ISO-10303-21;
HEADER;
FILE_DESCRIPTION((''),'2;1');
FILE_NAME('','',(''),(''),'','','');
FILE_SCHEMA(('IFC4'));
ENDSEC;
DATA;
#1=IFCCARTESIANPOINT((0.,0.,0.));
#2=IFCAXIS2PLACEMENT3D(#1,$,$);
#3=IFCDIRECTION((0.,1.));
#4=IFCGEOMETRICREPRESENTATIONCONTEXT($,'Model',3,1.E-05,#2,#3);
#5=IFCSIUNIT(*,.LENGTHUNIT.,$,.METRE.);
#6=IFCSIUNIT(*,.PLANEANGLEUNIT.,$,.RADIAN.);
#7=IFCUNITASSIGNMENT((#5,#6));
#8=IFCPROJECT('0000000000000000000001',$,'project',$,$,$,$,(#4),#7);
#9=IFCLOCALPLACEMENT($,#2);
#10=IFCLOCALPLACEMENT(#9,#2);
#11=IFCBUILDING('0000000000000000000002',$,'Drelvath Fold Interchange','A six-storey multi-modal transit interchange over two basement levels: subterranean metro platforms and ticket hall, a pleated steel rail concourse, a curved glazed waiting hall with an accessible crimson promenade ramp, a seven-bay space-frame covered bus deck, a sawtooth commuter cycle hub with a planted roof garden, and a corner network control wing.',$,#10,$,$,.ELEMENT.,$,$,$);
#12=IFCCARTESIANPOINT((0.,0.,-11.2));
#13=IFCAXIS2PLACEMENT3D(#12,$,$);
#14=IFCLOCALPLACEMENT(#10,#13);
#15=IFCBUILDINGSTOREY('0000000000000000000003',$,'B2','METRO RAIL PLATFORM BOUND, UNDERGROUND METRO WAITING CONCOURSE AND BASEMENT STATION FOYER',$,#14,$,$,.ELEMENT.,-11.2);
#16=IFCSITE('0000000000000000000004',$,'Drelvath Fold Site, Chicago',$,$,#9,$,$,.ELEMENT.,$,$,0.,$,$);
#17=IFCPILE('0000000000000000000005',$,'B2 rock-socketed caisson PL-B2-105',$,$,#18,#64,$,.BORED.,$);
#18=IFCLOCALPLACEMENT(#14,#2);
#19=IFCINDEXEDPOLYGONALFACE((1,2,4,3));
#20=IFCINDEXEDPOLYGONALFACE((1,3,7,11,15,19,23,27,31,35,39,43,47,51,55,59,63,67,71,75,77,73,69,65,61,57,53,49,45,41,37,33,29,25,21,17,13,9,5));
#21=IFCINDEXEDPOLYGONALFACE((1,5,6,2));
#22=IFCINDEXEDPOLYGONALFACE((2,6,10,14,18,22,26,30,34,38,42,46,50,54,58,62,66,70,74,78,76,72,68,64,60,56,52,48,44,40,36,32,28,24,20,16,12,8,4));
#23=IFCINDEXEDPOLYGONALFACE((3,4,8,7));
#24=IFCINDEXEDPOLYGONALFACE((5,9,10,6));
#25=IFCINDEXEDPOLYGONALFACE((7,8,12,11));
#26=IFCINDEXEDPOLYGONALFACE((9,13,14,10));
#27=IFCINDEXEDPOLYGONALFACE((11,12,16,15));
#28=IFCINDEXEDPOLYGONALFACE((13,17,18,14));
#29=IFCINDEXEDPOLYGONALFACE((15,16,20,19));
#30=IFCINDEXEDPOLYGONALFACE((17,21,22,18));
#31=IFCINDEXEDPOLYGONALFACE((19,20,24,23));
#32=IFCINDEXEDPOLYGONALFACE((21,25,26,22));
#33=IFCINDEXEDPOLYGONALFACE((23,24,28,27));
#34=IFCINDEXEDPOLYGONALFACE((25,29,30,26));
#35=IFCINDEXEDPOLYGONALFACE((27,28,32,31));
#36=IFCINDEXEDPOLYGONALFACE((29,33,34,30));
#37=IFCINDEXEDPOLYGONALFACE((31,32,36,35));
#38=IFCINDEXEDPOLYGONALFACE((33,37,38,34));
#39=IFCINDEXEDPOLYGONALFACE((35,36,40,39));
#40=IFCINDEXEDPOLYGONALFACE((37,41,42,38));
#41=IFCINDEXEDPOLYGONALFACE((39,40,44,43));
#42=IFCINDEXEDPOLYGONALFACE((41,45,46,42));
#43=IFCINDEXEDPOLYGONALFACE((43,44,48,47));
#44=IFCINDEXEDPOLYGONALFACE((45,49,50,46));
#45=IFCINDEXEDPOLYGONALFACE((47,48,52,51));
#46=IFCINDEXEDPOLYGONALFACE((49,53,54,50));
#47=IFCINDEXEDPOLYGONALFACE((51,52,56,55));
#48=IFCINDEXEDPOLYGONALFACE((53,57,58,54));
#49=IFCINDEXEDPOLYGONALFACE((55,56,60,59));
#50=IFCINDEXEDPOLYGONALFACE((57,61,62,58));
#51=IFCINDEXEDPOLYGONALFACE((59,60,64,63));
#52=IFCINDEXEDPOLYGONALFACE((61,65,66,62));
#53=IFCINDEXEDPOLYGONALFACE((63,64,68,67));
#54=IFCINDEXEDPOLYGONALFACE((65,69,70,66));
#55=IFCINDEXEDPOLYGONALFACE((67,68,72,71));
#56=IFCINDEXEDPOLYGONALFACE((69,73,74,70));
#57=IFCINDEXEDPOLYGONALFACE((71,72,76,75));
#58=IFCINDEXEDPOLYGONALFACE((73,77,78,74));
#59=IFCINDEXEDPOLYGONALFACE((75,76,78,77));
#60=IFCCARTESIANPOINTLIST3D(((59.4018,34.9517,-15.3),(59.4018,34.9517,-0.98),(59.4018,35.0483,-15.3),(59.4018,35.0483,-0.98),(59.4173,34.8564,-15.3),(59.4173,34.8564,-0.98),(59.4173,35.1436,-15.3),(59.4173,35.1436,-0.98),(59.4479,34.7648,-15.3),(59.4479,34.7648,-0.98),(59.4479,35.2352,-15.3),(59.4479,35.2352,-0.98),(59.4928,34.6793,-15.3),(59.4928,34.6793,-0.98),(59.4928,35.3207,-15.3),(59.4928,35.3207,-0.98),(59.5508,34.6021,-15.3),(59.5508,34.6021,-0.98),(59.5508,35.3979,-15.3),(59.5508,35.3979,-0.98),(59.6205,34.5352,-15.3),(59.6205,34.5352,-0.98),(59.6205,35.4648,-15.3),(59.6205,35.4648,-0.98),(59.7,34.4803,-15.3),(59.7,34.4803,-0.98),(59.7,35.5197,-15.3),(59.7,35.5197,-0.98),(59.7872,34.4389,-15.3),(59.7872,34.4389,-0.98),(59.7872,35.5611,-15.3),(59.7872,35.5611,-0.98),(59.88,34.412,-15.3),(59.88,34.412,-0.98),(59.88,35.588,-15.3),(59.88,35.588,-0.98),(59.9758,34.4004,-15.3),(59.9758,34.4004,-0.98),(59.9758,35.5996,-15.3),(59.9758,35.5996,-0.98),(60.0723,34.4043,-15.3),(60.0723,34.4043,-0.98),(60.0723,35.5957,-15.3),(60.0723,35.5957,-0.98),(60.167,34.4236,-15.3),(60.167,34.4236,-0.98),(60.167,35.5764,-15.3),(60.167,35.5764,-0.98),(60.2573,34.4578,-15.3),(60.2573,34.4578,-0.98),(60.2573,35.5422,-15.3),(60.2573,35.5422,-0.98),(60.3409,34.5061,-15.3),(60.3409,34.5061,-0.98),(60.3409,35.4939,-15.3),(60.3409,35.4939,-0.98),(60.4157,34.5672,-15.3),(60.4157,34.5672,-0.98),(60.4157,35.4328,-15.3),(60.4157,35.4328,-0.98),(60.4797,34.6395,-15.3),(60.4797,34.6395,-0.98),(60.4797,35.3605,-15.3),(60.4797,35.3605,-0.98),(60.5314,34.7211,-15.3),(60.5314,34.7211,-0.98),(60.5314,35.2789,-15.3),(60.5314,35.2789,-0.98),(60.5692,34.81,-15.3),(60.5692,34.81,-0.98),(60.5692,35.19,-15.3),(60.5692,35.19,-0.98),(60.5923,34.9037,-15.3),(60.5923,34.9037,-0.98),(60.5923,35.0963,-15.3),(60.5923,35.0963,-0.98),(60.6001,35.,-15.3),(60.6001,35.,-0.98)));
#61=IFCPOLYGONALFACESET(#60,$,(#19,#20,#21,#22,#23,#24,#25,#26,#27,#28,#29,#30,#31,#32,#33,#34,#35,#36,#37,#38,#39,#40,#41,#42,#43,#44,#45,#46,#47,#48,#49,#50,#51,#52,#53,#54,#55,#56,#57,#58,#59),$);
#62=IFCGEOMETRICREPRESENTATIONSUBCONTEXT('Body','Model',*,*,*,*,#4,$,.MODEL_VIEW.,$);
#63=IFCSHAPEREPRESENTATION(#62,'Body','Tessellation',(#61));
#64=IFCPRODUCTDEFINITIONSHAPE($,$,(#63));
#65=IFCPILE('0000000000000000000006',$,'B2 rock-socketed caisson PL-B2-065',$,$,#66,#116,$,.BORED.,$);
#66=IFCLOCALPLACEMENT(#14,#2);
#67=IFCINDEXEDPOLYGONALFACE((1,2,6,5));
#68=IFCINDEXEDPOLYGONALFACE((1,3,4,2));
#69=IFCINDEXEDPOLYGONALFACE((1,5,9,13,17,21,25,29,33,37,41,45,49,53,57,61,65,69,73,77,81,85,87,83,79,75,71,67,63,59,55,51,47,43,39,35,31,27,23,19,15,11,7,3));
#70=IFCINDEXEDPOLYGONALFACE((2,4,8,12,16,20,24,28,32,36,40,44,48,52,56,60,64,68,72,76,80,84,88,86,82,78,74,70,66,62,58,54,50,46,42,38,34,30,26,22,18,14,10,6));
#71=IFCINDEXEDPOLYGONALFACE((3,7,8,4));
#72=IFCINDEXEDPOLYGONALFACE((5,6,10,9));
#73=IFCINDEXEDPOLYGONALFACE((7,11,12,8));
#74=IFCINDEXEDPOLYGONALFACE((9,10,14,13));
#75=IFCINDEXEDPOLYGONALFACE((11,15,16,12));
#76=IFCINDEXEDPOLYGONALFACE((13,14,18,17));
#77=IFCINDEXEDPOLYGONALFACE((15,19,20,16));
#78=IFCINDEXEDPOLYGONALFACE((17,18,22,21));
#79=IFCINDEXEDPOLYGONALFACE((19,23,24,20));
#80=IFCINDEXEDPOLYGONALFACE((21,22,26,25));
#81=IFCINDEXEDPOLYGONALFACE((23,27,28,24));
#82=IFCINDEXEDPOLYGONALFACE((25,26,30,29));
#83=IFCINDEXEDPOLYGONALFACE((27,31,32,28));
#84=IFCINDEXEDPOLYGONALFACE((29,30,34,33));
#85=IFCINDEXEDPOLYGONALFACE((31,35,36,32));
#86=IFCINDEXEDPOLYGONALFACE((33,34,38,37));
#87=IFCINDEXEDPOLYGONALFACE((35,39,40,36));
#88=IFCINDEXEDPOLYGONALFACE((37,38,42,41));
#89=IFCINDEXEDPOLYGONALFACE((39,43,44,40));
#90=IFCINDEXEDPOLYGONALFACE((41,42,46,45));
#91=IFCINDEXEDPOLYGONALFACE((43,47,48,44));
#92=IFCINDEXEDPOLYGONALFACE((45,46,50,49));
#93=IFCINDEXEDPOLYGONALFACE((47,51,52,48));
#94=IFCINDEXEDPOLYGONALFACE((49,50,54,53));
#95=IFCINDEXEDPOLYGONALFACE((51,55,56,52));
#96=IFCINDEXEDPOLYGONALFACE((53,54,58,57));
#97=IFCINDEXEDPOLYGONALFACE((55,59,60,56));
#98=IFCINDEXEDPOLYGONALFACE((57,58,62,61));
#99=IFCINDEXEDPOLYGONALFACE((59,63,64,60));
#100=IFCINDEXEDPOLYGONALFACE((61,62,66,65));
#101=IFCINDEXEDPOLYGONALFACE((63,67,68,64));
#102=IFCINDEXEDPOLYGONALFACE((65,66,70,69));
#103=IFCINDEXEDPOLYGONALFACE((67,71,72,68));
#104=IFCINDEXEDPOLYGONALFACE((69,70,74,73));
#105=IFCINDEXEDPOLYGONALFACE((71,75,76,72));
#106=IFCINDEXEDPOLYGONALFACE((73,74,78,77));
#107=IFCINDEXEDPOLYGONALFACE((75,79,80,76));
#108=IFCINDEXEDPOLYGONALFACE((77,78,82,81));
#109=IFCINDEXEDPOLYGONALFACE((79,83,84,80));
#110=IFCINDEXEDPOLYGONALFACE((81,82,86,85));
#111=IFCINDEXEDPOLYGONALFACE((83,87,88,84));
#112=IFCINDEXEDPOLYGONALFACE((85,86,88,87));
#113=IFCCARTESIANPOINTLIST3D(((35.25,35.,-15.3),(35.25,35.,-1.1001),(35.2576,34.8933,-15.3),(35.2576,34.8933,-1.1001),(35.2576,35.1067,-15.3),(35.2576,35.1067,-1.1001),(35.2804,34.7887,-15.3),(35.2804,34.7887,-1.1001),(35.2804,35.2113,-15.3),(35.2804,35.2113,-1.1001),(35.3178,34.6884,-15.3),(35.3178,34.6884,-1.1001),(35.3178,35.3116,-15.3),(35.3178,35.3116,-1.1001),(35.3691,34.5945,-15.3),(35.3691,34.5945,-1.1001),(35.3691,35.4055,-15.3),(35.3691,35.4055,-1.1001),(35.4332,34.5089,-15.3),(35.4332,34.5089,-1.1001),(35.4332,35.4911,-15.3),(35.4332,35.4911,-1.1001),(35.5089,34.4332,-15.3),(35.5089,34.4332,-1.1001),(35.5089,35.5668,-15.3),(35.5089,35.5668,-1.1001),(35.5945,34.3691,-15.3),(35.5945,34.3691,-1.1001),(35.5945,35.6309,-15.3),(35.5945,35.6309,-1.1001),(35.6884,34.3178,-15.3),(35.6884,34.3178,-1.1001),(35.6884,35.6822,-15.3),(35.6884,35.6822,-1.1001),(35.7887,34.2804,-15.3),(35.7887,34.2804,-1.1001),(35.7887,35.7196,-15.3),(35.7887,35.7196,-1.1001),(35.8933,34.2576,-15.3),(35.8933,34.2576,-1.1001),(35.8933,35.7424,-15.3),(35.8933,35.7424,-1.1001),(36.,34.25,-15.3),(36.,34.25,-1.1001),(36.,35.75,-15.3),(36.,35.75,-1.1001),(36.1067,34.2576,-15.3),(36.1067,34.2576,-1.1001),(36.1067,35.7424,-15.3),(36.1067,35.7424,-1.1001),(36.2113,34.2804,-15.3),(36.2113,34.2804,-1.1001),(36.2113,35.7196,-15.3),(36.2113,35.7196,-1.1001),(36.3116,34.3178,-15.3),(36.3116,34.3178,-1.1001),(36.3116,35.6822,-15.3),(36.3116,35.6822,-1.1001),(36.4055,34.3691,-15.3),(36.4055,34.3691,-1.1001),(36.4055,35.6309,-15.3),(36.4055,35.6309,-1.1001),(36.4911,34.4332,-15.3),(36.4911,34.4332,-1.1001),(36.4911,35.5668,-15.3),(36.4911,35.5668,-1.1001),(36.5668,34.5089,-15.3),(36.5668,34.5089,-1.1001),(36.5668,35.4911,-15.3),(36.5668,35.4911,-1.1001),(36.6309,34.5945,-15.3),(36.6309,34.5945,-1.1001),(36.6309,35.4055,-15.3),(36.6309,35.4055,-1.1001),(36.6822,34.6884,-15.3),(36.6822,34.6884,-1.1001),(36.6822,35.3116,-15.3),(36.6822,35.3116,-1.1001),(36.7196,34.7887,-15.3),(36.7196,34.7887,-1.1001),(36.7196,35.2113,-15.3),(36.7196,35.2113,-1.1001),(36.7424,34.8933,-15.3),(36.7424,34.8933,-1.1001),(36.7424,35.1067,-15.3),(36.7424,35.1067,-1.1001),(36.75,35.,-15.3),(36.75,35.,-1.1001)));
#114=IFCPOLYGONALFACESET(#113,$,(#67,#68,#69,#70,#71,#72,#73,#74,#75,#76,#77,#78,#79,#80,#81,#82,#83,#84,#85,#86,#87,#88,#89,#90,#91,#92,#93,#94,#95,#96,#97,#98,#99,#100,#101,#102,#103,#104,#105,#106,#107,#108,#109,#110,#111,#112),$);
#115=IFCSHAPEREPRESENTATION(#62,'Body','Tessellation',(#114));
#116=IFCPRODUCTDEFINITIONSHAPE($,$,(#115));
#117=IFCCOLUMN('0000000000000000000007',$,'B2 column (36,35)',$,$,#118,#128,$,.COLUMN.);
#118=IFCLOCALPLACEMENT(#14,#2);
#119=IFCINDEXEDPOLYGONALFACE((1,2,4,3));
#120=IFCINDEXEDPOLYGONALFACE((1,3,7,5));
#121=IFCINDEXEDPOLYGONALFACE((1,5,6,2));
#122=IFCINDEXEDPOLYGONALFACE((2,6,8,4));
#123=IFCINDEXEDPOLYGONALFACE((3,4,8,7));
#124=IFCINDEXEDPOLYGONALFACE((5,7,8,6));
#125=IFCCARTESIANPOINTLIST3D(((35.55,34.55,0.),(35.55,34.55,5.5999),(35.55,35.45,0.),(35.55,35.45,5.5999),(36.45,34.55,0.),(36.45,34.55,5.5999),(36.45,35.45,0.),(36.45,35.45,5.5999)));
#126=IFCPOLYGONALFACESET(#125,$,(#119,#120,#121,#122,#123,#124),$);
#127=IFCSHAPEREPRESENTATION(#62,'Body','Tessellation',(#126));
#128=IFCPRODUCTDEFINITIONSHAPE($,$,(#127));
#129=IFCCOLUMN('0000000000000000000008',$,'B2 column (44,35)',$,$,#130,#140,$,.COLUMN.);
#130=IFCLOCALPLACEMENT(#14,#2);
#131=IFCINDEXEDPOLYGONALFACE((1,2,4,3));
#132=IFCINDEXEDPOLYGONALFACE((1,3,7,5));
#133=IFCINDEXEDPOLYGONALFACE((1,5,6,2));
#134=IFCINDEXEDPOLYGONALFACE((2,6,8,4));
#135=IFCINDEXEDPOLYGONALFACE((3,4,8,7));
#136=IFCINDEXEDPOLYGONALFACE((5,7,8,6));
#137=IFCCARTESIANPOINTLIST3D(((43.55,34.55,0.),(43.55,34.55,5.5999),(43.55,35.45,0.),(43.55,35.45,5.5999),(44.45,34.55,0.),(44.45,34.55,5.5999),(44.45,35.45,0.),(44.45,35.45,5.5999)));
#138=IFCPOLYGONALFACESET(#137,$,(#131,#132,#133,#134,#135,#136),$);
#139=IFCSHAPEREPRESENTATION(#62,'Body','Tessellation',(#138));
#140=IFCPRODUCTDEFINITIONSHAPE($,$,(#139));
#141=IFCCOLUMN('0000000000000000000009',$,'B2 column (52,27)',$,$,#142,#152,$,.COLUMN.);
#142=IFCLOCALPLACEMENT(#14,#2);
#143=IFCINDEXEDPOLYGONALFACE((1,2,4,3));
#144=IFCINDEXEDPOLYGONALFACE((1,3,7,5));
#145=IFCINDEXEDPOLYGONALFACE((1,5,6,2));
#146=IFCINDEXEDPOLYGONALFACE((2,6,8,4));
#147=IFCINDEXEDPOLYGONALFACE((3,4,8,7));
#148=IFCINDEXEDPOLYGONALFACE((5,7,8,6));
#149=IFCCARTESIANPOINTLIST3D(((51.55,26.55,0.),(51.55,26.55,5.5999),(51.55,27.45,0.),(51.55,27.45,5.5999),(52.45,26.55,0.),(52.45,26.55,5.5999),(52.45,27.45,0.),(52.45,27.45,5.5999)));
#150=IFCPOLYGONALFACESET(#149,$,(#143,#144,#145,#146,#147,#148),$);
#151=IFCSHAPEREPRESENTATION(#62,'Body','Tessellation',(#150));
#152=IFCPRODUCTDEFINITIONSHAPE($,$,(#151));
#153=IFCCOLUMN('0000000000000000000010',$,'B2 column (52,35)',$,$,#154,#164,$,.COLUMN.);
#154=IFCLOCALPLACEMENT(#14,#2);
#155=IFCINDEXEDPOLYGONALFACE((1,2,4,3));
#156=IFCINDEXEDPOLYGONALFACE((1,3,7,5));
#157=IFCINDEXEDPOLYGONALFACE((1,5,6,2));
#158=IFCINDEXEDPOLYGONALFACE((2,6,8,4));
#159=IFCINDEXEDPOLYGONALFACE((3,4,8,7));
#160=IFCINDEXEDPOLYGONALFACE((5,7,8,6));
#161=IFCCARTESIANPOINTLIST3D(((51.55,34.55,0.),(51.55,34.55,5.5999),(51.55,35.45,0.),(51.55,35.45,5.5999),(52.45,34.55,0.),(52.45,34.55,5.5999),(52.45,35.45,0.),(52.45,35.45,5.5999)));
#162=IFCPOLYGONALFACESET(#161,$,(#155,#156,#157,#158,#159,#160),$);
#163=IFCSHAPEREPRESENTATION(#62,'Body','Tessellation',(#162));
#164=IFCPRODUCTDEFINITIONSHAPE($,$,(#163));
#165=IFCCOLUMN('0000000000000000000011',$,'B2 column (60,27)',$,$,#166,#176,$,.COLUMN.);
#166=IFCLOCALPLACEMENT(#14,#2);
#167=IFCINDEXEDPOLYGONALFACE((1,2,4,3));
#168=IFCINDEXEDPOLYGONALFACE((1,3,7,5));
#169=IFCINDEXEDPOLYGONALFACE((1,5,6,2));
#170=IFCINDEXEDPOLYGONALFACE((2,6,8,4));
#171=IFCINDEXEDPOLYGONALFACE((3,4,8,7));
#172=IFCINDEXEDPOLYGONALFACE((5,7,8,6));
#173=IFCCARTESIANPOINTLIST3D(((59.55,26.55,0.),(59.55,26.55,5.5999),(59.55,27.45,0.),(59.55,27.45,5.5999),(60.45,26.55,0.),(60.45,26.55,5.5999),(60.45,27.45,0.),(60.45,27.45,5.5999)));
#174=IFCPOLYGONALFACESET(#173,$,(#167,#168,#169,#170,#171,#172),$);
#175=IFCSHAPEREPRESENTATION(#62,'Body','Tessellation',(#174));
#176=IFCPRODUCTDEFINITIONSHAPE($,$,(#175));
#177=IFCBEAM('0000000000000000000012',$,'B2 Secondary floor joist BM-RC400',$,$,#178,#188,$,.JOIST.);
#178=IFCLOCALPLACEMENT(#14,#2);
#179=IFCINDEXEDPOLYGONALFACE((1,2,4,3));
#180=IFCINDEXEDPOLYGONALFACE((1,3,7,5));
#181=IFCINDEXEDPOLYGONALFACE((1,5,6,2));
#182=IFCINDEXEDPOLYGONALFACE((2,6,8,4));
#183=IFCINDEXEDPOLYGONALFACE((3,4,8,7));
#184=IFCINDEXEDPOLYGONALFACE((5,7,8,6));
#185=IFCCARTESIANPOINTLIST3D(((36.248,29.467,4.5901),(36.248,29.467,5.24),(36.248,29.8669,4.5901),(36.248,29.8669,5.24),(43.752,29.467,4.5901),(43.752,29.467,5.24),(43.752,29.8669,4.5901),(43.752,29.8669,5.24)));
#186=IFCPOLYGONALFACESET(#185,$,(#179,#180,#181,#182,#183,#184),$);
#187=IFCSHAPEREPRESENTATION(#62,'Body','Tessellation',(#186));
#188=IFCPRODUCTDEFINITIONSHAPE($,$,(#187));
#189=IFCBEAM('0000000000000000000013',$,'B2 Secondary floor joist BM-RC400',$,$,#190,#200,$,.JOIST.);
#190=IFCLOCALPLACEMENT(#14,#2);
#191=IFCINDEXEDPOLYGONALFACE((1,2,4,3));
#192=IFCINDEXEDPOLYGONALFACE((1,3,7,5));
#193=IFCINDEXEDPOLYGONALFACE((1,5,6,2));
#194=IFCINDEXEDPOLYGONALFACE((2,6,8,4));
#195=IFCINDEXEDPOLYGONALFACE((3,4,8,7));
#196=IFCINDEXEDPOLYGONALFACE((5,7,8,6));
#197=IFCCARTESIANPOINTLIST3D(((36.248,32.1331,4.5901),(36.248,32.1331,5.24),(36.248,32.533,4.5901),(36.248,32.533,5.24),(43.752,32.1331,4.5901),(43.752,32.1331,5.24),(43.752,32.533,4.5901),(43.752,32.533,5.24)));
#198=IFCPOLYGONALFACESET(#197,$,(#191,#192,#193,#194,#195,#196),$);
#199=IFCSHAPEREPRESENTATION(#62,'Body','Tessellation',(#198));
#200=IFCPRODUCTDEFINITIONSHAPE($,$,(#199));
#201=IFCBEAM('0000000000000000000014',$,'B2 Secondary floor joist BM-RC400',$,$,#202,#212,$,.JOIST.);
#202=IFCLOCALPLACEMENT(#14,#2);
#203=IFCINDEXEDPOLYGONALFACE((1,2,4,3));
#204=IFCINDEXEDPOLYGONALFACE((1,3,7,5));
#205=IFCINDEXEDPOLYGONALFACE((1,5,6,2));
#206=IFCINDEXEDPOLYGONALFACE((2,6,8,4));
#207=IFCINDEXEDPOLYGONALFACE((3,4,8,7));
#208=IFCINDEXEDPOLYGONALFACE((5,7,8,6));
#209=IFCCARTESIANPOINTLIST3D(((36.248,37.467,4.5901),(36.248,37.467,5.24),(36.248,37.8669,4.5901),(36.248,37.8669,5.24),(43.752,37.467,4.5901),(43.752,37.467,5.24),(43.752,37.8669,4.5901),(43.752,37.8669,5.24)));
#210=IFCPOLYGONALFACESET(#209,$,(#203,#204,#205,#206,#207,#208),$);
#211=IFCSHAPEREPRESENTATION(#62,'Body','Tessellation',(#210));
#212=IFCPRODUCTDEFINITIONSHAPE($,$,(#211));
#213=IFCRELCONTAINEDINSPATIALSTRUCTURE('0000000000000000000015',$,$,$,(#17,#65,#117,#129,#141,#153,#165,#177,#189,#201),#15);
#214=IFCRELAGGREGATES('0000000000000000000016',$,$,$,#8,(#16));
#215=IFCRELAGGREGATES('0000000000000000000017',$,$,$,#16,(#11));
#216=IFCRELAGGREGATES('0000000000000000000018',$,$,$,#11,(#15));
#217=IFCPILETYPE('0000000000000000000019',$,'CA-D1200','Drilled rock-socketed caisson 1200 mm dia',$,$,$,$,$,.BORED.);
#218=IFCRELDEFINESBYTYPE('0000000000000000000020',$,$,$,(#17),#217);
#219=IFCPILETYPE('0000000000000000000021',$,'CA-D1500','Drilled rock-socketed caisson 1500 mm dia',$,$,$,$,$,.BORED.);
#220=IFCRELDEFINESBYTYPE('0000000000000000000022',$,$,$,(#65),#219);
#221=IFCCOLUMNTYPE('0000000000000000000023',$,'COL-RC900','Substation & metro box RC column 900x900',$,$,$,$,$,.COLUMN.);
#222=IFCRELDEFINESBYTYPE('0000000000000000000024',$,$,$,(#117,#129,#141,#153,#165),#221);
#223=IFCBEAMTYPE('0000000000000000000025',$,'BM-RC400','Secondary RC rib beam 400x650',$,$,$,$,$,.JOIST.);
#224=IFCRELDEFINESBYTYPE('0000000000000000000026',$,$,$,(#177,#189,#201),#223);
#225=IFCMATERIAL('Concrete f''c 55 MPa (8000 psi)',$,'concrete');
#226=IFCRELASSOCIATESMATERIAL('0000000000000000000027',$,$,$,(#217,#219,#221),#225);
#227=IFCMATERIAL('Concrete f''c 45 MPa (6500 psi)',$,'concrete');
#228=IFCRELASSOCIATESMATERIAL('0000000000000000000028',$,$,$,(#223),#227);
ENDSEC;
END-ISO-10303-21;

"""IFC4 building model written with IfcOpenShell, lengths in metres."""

from ifc_helpers import new_model, si_unit, direction, frame, origin, origin_2d, place, context, subcontext, project, spatial, rectangle, circle, extrude, material, material_profile, profile_set, type_object, element, save


model = new_model("IFC4")

# Units and contexts
model_context = context("Model", 3, precision=1e-05, world=origin(), true_north=direction((0.0, 1.0)))
body_context = subcontext(model_context, "Body", "Model", "MODEL_VIEW")
ifc_project = project(units=[si_unit("LENGTHUNIT", "METRE"), si_unit("PLANEANGLEUNIT", "RADIAN")], contexts=[model_context])

# Site, building, storey
site_placement = place(None, origin())
site = spatial("IfcSite", under=ifc_project, at=site_placement, Name="Drelvath Fold Site, Chicago", CompositionType="ELEMENT", RefElevation=0.0)
building_placement = place(site_placement, origin())
building = spatial("IfcBuilding", under=site, at=building_placement, Name="Drelvath Fold Interchange", Description="A six-storey multi-modal transit interchange over two basement levels: subterranean metro platforms and ticket hall, a pleated steel rail concourse, a curved glazed waiting hall with an accessible crimson promenade ramp, a seven-bay space-frame covered bus deck, a sawtooth commuter cycle hub with a planted roof garden, and a corner network control wing.", CompositionType="ELEMENT")
storey_placement = place(building_placement, frame((0.0, 0.0, -11.2)))
storey = spatial("IfcBuildingStorey", under=building, at=storey_placement, Name="B2", Description="METRO RAIL PLATFORM BOUND, UNDERGROUND METRO WAITING CONCOURSE AND BASEMENT STATION FOYER", CompositionType="ELEMENT", Elevation=-11.2)

# Piles
ifc_material_1 = material(Name="Concrete f'c 55 MPa (8000 psi)", Category="concrete")
ifc_material_profile_1 = material_profile(ifc_material_1, circle(Radius=0.6001, at=origin_2d()), Name="CAISSON D1200")
ifc_profile_set_1 = profile_set([ifc_material_profile_1], Name="Concrete f'c 55 MPa (8000 psi)")
pile_type_1 = type_object("IfcPileType", Name="CA-D1200", Description="Drilled rock-socketed caisson 1200 mm dia", PredefinedType="BORED", material=ifc_profile_set_1)
for number, where, z_axis, x_axis, name in (
    (1, (60.0, 35.0, -0.98), (0.0, 0.0, -1.0), (1.0, 0.0, 0.0), "B2 rock-socketed caisson PL-B2-105"),
):
    element("IfcPile", number, at=place(storey_placement, frame(where, z_axis=z_axis, x_axis=x_axis)), inside=storey, type_object=pile_type_1, Name=name, PredefinedType="BORED", context=body_context, shape_type="SweptSolid", body=[
        extrude(circle(Radius=0.6001, at=origin_2d()), origin(), (0.0, 0.0, 1.0), 14.3201),
    ])
ifc_material_profile_2 = material_profile(ifc_material_1, circle(Radius=0.75, at=origin_2d()), Name="CAISSON D1500")
ifc_profile_set_2 = profile_set([ifc_material_profile_2], Name="Concrete f'c 55 MPa (8000 psi)")
pile_type_2 = type_object("IfcPileType", Name="CA-D1500", Description="Drilled rock-socketed caisson 1500 mm dia", PredefinedType="BORED", material=ifc_profile_set_2)
pile_1_placement = place(storey_placement, frame((36.0, 35.0, -1.1001), z_axis=(0.0, 0.0, -1.0), x_axis=(1.0, 0.0, 0.0)))
element("IfcPile", 2, at=pile_1_placement, inside=storey, type_object=pile_type_2, Name="B2 rock-socketed caisson PL-B2-065", PredefinedType="BORED", context=body_context, shape_type="SweptSolid", body=[
    extrude(circle(Radius=0.75, at=origin_2d()), origin(), (0.0, 0.0, 1.0), 14.2),
])

# Columns
ifc_material_profile_3 = material_profile(ifc_material_1, rectangle(XDim=0.8999, YDim=0.8999, at=origin_2d()), Name="RC 900x900")
ifc_profile_set_3 = profile_set([ifc_material_profile_3], Name="Concrete f'c 55 MPa (8000 psi)")
column_type = type_object("IfcColumnType", Name="COL-RC900", Description="Substation & metro box RC column 900x900", PredefinedType="COLUMN", material=ifc_profile_set_3)
for number, where, z_axis, x_axis, name in (
    (3, (36.0, 35.0, 0.0), (0.0, 0.0, 1.0), (1.0, 0.0, 0.0), "B2 column (36,35)"),
    (4, (44.0, 35.0, 0.0), (0.0, 0.0, 1.0), (1.0, 0.0, 0.0), "B2 column (44,35)"),
    (5, (52.0, 27.0, 0.0), (0.0, 0.0, 1.0), (1.0, 0.0, 0.0), "B2 column (52,27)"),
    (6, (52.0, 35.0, 0.0), (0.0, 0.0, 1.0), (1.0, 0.0, 0.0), "B2 column (52,35)"),
    (7, (60.0, 27.0, 0.0), (0.0, 0.0, 1.0), (1.0, 0.0, 0.0), "B2 column (60,27)"),
):
    element("IfcColumn", number, at=place(storey_placement, frame(where, z_axis=z_axis, x_axis=x_axis)), inside=storey, type_object=column_type, Name=name, PredefinedType="COLUMN", context=body_context, shape_type="SweptSolid", body=[
        extrude(rectangle(XDim=0.8999, YDim=0.8999, at=origin_2d()), origin(), (0.0, 0.0, 1.0), 5.5999),
    ])

# Beams
ifc_material_2 = material(Name="Concrete f'c 45 MPa (6500 psi)", Category="concrete")
ifc_material_profile_4 = material_profile(ifc_material_2, rectangle(XDim=0.3999, YDim=0.6499, at=origin_2d()), Name="RC 400x650")
ifc_profile_set_4 = profile_set([ifc_material_profile_4], Name="Concrete f'c 45 MPa (6500 psi)")
beam_type_1 = type_object("IfcBeamType", Name="BM-RC400", Description="Secondary RC rib beam 400x650", PredefinedType="JOIST", material=ifc_profile_set_4)
for number, where, z_axis, x_axis, name in (
    (8, (36.248, 29.667, 4.915), (1.0, 0.0, 0.0), (0.0, 1.0, 0.0), "B2 Secondary floor joist BM-RC400"),
    (9, (36.248, 32.333, 4.915), (1.0, 0.0, 0.0), (0.0, 1.0, 0.0), "B2 Secondary floor joist BM-RC400"),
    (10, (36.248, 37.667, 4.915), (1.0, 0.0, 0.0), (0.0, 1.0, 0.0), "B2 Secondary floor joist BM-RC400"),
):
    element("IfcBeam", number, at=place(storey_placement, frame(where, z_axis=z_axis, x_axis=x_axis)), inside=storey, type_object=beam_type_1, Name=name, PredefinedType="JOIST", context=body_context, shape_type="SweptSolid", body=[
        extrude(rectangle(XDim=0.3999, YDim=0.6499, at=origin_2d()), origin(), (0.0, 0.0, 1.0), 7.5039),
    ])

save(model, "model.ifc")
